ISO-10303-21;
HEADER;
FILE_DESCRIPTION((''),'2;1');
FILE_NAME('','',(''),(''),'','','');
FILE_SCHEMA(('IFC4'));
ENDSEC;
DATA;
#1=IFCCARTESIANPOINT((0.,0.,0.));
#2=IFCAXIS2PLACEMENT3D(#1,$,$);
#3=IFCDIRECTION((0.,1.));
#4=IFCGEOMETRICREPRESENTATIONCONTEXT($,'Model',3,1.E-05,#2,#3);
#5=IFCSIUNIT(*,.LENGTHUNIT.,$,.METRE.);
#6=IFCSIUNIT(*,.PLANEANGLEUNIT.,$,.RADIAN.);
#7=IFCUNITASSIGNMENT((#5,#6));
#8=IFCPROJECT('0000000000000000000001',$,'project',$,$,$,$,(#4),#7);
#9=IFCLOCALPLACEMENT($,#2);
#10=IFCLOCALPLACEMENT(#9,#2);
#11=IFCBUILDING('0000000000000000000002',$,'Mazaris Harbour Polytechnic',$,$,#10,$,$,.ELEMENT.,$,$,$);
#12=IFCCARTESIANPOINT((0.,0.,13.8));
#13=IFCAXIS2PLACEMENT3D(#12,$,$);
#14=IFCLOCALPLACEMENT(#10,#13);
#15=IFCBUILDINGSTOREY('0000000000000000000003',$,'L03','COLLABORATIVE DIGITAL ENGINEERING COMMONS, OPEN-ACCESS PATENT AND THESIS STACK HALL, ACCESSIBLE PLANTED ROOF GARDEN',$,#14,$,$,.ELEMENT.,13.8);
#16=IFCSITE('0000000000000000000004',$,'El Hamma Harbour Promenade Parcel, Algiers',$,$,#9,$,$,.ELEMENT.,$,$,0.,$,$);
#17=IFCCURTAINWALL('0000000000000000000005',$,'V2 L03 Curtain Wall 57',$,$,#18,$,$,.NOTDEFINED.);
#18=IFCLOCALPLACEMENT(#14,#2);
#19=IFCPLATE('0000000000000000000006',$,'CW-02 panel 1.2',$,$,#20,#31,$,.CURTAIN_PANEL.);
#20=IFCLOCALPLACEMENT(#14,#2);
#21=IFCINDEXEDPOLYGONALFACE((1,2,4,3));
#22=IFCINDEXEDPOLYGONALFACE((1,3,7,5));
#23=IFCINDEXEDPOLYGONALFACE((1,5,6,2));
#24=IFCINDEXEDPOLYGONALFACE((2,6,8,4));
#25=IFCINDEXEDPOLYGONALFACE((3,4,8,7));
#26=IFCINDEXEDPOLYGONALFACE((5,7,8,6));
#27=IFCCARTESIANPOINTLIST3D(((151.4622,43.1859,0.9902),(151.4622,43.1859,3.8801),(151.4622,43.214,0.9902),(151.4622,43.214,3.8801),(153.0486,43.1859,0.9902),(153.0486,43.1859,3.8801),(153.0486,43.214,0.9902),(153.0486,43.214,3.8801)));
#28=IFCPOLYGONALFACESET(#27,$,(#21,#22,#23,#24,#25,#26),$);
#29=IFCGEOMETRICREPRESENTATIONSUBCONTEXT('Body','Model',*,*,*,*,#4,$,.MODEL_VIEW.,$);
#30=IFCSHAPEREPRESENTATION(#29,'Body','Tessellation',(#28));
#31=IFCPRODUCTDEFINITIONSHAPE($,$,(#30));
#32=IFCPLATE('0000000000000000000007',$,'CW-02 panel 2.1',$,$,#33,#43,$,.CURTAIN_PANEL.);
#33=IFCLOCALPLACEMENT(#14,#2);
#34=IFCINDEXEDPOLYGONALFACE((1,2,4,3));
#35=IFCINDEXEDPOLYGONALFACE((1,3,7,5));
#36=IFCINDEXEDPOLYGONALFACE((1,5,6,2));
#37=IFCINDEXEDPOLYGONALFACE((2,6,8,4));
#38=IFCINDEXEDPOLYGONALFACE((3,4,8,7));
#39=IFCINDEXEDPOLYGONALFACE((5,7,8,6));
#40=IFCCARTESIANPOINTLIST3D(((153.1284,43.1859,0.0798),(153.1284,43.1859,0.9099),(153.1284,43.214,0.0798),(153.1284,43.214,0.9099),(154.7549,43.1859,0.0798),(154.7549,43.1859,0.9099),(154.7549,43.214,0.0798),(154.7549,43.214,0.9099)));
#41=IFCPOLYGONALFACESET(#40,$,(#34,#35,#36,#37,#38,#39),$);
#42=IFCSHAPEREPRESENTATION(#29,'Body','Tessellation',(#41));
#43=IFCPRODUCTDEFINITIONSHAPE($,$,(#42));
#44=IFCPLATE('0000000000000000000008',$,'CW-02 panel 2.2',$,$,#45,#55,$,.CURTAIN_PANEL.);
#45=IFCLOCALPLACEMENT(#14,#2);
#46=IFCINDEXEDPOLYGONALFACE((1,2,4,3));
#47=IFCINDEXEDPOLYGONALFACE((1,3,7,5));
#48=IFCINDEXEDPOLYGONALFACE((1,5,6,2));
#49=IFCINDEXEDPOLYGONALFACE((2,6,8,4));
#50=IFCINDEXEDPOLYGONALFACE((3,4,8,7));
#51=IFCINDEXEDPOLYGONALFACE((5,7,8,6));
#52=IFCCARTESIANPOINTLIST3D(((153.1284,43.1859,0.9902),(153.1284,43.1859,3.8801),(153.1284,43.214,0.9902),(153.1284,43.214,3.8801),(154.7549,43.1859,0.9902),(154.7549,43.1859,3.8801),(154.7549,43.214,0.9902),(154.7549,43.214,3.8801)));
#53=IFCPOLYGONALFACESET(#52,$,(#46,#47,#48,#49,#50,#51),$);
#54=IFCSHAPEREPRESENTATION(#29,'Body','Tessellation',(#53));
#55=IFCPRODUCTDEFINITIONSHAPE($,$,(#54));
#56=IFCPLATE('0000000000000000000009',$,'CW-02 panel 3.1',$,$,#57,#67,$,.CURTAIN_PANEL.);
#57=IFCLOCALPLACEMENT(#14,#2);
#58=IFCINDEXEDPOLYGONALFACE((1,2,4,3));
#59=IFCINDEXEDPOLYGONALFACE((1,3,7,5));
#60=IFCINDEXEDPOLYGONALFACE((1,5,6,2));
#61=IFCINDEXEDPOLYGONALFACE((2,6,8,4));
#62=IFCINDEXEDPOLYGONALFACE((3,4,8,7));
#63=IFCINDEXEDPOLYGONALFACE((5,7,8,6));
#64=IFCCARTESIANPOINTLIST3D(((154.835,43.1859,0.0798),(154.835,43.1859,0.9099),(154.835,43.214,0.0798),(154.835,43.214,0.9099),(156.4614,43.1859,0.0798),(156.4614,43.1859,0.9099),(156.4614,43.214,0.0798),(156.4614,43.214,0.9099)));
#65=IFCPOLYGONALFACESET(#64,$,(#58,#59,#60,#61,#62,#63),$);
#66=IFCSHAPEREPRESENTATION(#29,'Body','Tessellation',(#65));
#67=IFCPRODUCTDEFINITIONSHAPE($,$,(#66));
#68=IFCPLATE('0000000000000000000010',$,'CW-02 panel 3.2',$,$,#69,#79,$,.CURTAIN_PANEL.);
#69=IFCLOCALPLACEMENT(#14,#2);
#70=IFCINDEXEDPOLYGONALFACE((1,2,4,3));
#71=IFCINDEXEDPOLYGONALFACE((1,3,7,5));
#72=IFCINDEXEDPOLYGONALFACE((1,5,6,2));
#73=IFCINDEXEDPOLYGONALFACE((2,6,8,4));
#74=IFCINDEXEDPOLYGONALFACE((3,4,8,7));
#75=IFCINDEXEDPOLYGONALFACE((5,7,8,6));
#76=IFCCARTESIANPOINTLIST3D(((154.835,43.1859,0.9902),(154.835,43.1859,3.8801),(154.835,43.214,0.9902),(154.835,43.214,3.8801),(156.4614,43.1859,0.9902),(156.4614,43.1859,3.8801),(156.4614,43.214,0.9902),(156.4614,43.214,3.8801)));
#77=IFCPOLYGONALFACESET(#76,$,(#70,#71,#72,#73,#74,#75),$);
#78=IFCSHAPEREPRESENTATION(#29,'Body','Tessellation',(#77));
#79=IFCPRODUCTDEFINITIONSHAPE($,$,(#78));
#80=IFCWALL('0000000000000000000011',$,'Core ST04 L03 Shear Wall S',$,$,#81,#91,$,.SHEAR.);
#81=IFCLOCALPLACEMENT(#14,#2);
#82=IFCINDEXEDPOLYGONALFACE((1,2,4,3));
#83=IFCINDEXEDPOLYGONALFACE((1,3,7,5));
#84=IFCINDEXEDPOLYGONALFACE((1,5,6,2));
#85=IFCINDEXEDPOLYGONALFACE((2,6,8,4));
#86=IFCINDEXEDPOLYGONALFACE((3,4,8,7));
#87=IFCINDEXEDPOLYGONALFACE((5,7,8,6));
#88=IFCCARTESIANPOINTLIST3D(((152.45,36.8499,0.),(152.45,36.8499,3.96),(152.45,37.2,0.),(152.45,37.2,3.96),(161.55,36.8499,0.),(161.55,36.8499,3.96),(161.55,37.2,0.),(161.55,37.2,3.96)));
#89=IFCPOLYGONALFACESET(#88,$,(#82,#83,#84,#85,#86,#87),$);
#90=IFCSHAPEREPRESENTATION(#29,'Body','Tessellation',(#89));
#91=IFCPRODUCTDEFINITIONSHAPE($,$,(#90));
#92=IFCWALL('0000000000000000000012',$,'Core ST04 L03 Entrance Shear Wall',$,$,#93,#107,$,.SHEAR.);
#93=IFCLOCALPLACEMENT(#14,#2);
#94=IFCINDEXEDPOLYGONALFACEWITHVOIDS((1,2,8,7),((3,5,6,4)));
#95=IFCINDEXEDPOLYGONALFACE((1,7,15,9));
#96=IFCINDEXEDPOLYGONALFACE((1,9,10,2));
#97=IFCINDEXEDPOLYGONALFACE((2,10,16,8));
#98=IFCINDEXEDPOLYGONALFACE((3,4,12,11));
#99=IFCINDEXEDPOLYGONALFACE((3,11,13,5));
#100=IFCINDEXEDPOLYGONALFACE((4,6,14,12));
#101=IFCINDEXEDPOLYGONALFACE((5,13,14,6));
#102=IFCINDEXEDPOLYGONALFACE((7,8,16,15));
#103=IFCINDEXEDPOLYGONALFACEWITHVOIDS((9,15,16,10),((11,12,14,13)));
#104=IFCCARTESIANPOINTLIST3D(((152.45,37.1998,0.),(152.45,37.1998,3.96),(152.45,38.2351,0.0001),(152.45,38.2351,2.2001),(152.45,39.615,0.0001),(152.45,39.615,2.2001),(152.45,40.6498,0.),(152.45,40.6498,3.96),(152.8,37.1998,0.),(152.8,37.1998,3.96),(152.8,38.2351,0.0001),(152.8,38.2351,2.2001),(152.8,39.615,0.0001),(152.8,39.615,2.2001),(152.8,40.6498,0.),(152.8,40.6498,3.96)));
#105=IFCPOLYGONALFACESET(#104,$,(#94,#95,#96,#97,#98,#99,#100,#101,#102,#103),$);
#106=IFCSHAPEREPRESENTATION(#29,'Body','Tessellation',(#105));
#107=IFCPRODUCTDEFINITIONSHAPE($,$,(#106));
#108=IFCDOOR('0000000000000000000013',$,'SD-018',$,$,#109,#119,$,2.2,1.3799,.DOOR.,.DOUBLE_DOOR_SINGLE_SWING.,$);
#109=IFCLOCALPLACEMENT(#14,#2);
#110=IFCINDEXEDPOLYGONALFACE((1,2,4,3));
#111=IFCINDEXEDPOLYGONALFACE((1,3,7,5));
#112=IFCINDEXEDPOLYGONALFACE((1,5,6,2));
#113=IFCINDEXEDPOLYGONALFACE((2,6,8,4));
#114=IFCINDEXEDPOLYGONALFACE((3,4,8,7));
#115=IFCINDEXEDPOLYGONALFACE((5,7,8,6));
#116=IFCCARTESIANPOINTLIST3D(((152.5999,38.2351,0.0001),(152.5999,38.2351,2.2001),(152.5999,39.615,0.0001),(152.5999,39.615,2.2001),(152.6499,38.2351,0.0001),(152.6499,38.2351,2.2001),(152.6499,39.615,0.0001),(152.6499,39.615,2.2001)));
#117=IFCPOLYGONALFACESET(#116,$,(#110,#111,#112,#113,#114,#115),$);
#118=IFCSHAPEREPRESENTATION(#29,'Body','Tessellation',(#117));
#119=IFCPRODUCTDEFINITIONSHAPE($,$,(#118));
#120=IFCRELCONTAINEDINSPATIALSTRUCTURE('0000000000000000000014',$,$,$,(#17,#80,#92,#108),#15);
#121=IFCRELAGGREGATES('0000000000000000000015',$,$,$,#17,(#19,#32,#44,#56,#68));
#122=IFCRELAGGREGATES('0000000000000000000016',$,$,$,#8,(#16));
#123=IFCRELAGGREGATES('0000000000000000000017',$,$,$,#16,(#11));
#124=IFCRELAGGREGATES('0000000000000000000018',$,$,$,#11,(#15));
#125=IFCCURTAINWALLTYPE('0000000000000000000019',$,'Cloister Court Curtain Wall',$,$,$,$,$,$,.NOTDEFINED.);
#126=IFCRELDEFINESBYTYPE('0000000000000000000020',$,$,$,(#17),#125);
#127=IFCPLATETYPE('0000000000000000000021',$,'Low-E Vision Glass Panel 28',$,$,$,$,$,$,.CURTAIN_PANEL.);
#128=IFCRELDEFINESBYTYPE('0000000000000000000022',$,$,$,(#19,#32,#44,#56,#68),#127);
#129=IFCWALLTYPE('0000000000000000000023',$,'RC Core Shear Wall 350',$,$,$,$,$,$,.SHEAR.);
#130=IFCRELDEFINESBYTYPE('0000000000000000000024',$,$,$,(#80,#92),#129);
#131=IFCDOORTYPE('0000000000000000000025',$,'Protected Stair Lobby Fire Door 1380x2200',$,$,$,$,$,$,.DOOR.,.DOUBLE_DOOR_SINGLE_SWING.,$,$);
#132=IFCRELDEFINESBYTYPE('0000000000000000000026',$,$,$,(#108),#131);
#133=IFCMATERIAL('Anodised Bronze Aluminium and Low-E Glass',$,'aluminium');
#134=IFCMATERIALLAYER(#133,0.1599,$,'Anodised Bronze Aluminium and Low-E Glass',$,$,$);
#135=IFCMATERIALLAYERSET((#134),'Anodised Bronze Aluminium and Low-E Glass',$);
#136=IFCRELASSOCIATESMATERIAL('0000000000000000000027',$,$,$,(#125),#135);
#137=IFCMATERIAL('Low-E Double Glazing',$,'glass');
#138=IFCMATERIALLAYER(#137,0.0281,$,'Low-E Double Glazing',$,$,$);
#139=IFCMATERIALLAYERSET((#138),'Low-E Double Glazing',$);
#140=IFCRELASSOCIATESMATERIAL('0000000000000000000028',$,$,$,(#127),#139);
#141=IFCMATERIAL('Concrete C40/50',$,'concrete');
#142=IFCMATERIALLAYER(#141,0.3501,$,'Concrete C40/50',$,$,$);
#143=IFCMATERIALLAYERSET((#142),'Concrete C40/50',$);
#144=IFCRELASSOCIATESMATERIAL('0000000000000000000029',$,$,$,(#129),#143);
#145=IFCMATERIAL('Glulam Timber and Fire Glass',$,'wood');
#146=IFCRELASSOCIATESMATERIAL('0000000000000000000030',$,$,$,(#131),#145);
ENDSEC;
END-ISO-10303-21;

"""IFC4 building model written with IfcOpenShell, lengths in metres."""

from ifc_helpers import new_model, si_unit, direction, frame, frame_2d, origin, origin_2d, place, context, subcontext, project, spatial, rectangle, extrude, material, layer, layer_set, type_object, element, fill, aggregate, save


model = new_model("IFC4")

# Units and contexts
model_context = context("Model", 3, precision=1e-05, world=origin(), true_north=direction((0.0, 1.0)))
body_context = subcontext(model_context, "Body", "Model", "MODEL_VIEW")
ifc_project = project(units=[si_unit("LENGTHUNIT", "METRE"), si_unit("PLANEANGLEUNIT", "RADIAN")], contexts=[model_context])

# Site, building, storey
site_placement = place(None, origin())
site = spatial("IfcSite", under=ifc_project, at=site_placement, Name="El Hamma Harbour Promenade Parcel, Algiers", CompositionType="ELEMENT", RefElevation=0.0)
building_placement = place(site_placement, origin())
building = spatial("IfcBuilding", under=site, at=building_placement, Name="Mazaris Harbour Polytechnic", CompositionType="ELEMENT")
storey_placement = place(building_placement, frame((0.0, 0.0, 13.8)))
storey = spatial("IfcBuildingStorey", under=building, at=storey_placement, Name="L03", Description="COLLABORATIVE DIGITAL ENGINEERING COMMONS, OPEN-ACCESS PATENT AND THESIS STACK HALL, ACCESSIBLE PLANTED ROOF GARDEN", CompositionType="ELEMENT", Elevation=13.8)

# Curtain wall, plates
ifc_material_1 = material(Name="Anodised Bronze Aluminium and Low-E Glass", Category="aluminium")
ifc_layer_1 = layer(ifc_material_1, 0.1599, Name="Anodised Bronze Aluminium and Low-E Glass")
ifc_layer_set_1 = layer_set([ifc_layer_1], Name="Anodised Bronze Aluminium and Low-E Glass")
curtain_wall_type = type_object("IfcCurtainWallType", Name="Cloister Court Curtain Wall", PredefinedType="NOTDEFINED", material=ifc_layer_set_1)
curtain_wall_placement = place(storey_placement, origin())
curtain_wall = element("IfcCurtainWall", 1, at=curtain_wall_placement, inside=storey, type_object=curtain_wall_type, Name="V2 L03 Curtain Wall 57", PredefinedType="NOTDEFINED")
ifc_material_2 = material(Name="Low-E Double Glazing", Category="glass")
ifc_layer_2 = layer(ifc_material_2, 0.0281, Name="Low-E Double Glazing")
ifc_layer_set_2 = layer_set([ifc_layer_2], Name="Low-E Double Glazing")
plate_type = type_object("IfcPlateType", Name="Low-E Vision Glass Panel 28", PredefinedType="CURTAIN_PANEL", material=ifc_layer_set_2)
plate_1_placement = place(storey_placement, frame((152.2554, 43.2, 0.9902), z_axis=(0.0, 0.0, 1.0), x_axis=(1.0, 0.0, 0.0)))
plate_1 = element("IfcPlate", 2, at=plate_1_placement, type_object=plate_type, Name="CW-02 panel 1.2", PredefinedType="CURTAIN_PANEL", context=body_context, shape_type="SweptSolid", body=[
    extrude(rectangle(XDim=1.5864, YDim=0.0281, at=origin_2d()), origin(), (0.0, 0.0, 1.0), 2.8899),
])
plate_2_placement = place(storey_placement, frame((153.9417, 43.2, 0.0798), z_axis=(0.0, 0.0, 1.0), x_axis=(1.0, 0.0, 0.0)))
plate_2 = element("IfcPlate", 3, at=plate_2_placement, type_object=plate_type, Name="CW-02 panel 2.1", PredefinedType="CURTAIN_PANEL", context=body_context, shape_type="SweptSolid", body=[
    extrude(rectangle(XDim=1.6265, YDim=0.0281, at=origin_2d()), origin(), (0.0, 0.0, 1.0), 0.8301),
])
plate_3_placement = place(storey_placement, frame((153.9417, 43.2, 0.9902), z_axis=(0.0, 0.0, 1.0), x_axis=(1.0, 0.0, 0.0)))
plate_3 = element("IfcPlate", 4, at=plate_3_placement, type_object=plate_type, Name="CW-02 panel 2.2", PredefinedType="CURTAIN_PANEL", context=body_context, shape_type="SweptSolid", body=[
    extrude(rectangle(XDim=1.6265, YDim=0.0281, at=origin_2d()), origin(), (0.0, 0.0, 1.0), 2.8899),
])
plate_4_placement = place(storey_placement, frame((155.6482, 43.2, 0.0798), z_axis=(0.0, 0.0, 1.0), x_axis=(1.0, 0.0, 0.0)))
plate_4 = element("IfcPlate", 5, at=plate_4_placement, type_object=plate_type, Name="CW-02 panel 3.1", PredefinedType="CURTAIN_PANEL", context=body_context, shape_type="SweptSolid", body=[
    extrude(rectangle(XDim=1.6265, YDim=0.0281, at=origin_2d()), origin(), (0.0, 0.0, 1.0), 0.8301),
])
plate_5_placement = place(storey_placement, frame((155.6482, 43.2, 0.9902), z_axis=(0.0, 0.0, 1.0), x_axis=(1.0, 0.0, 0.0)))
plate_5 = element("IfcPlate", 6, at=plate_5_placement, type_object=plate_type, Name="CW-02 panel 3.2", PredefinedType="CURTAIN_PANEL", context=body_context, shape_type="SweptSolid", body=[
    extrude(rectangle(XDim=1.6265, YDim=0.0281, at=origin_2d()), origin(), (0.0, 0.0, 1.0), 2.8899),
])
aggregate(curtain_wall, [plate_1, plate_2, plate_3, plate_4, plate_5])

# Wall
ifc_material_3 = material(Name="Concrete C40/50", Category="concrete")
ifc_layer_3 = layer(ifc_material_3, 0.3501, Name="Concrete C40/50")
ifc_layer_set_3 = layer_set([ifc_layer_3], Name="Concrete C40/50")
wall_type = type_object("IfcWallType", Name="RC Core Shear Wall 350", PredefinedType="SHEAR", material=ifc_layer_set_3)
wall_1_placement = place(storey_placement, frame((152.45, 37.0249, 0.0), z_axis=(0.0, 0.0, 1.0), x_axis=(1.0, 0.0, 0.0)))
element("IfcWall", 7, at=wall_1_placement, inside=storey, type_object=wall_type, Name="Core ST04 L03 Shear Wall S", PredefinedType="SHEAR", context=body_context, shape_type="SweptSolid", body=[
    extrude(rectangle(XDim=9.1001, YDim=0.3501, at=frame_2d((4.55, 0.0))), origin(), (0.0, 0.0, 1.0), 3.96),
])

# Wall, opening, door
wall_2_placement = place(storey_placement, frame((152.625, 40.6499, 0.0), z_axis=(0.0, 0.0, 1.0), x_axis=(0.0, -1.0, 0.0)))
wall_2 = element("IfcWall", 8, at=wall_2_placement, inside=storey, type_object=wall_type, Name="Core ST04 L03 Entrance Shear Wall", PredefinedType="SHEAR", context=body_context, shape_type="SweptSolid", body=[
    extrude(rectangle(XDim=3.45, YDim=0.3501, at=frame_2d((1.7251, 0.0))), origin(), (0.0, 0.0, 1.0), 3.96),
])
opening_placement = place(wall_2_placement, frame((1.0349, 0.0, 0.0)))
opening = element("IfcOpeningElement", 9, at=opening_placement, cuts=wall_2, PredefinedType="OPENING", context=body_context, shape_type="SweptSolid", body=[
    extrude(rectangle(XDim=1.3799, YDim=2.2, at=frame_2d((0.6899, 1.1001))), frame((0.0, 0.1851, 0.0), z_axis=(0.0, -1.0, 0.0), x_axis=(1.0, 0.0, 0.0)), (0.0, 0.0, 1.0), 0.3701),
])
ifc_material_4 = material(Name="Glulam Timber and Fire Glass", Category="wood")
door_type = type_object("IfcDoorType", Name="Protected Stair Lobby Fire Door 1380x2200", OperationType="DOUBLE_DOOR_SINGLE_SWING", PredefinedType="DOOR", material=ifc_material_4)
door_placement = place(opening_placement, origin())
door = element("IfcDoor", 10, at=door_placement, inside=storey, type_object=door_type, Name="SD-018", OperationType="DOUBLE_DOOR_SINGLE_SWING", OverallHeight=2.2, OverallWidth=1.3799, PredefinedType="DOOR", context=body_context, shape_type="SweptSolid", body=[
    extrude(rectangle(XDim=1.3799, YDim=2.2, at=frame_2d((0.6899, 1.1001))), frame((0.0, 0.0249, 0.0), z_axis=(0.0, -1.0, 0.0), x_axis=(1.0, 0.0, 0.0)), (0.0, 0.0, 1.0), 0.05),
])
fill(opening, door)

save(model, "model.ifc")
